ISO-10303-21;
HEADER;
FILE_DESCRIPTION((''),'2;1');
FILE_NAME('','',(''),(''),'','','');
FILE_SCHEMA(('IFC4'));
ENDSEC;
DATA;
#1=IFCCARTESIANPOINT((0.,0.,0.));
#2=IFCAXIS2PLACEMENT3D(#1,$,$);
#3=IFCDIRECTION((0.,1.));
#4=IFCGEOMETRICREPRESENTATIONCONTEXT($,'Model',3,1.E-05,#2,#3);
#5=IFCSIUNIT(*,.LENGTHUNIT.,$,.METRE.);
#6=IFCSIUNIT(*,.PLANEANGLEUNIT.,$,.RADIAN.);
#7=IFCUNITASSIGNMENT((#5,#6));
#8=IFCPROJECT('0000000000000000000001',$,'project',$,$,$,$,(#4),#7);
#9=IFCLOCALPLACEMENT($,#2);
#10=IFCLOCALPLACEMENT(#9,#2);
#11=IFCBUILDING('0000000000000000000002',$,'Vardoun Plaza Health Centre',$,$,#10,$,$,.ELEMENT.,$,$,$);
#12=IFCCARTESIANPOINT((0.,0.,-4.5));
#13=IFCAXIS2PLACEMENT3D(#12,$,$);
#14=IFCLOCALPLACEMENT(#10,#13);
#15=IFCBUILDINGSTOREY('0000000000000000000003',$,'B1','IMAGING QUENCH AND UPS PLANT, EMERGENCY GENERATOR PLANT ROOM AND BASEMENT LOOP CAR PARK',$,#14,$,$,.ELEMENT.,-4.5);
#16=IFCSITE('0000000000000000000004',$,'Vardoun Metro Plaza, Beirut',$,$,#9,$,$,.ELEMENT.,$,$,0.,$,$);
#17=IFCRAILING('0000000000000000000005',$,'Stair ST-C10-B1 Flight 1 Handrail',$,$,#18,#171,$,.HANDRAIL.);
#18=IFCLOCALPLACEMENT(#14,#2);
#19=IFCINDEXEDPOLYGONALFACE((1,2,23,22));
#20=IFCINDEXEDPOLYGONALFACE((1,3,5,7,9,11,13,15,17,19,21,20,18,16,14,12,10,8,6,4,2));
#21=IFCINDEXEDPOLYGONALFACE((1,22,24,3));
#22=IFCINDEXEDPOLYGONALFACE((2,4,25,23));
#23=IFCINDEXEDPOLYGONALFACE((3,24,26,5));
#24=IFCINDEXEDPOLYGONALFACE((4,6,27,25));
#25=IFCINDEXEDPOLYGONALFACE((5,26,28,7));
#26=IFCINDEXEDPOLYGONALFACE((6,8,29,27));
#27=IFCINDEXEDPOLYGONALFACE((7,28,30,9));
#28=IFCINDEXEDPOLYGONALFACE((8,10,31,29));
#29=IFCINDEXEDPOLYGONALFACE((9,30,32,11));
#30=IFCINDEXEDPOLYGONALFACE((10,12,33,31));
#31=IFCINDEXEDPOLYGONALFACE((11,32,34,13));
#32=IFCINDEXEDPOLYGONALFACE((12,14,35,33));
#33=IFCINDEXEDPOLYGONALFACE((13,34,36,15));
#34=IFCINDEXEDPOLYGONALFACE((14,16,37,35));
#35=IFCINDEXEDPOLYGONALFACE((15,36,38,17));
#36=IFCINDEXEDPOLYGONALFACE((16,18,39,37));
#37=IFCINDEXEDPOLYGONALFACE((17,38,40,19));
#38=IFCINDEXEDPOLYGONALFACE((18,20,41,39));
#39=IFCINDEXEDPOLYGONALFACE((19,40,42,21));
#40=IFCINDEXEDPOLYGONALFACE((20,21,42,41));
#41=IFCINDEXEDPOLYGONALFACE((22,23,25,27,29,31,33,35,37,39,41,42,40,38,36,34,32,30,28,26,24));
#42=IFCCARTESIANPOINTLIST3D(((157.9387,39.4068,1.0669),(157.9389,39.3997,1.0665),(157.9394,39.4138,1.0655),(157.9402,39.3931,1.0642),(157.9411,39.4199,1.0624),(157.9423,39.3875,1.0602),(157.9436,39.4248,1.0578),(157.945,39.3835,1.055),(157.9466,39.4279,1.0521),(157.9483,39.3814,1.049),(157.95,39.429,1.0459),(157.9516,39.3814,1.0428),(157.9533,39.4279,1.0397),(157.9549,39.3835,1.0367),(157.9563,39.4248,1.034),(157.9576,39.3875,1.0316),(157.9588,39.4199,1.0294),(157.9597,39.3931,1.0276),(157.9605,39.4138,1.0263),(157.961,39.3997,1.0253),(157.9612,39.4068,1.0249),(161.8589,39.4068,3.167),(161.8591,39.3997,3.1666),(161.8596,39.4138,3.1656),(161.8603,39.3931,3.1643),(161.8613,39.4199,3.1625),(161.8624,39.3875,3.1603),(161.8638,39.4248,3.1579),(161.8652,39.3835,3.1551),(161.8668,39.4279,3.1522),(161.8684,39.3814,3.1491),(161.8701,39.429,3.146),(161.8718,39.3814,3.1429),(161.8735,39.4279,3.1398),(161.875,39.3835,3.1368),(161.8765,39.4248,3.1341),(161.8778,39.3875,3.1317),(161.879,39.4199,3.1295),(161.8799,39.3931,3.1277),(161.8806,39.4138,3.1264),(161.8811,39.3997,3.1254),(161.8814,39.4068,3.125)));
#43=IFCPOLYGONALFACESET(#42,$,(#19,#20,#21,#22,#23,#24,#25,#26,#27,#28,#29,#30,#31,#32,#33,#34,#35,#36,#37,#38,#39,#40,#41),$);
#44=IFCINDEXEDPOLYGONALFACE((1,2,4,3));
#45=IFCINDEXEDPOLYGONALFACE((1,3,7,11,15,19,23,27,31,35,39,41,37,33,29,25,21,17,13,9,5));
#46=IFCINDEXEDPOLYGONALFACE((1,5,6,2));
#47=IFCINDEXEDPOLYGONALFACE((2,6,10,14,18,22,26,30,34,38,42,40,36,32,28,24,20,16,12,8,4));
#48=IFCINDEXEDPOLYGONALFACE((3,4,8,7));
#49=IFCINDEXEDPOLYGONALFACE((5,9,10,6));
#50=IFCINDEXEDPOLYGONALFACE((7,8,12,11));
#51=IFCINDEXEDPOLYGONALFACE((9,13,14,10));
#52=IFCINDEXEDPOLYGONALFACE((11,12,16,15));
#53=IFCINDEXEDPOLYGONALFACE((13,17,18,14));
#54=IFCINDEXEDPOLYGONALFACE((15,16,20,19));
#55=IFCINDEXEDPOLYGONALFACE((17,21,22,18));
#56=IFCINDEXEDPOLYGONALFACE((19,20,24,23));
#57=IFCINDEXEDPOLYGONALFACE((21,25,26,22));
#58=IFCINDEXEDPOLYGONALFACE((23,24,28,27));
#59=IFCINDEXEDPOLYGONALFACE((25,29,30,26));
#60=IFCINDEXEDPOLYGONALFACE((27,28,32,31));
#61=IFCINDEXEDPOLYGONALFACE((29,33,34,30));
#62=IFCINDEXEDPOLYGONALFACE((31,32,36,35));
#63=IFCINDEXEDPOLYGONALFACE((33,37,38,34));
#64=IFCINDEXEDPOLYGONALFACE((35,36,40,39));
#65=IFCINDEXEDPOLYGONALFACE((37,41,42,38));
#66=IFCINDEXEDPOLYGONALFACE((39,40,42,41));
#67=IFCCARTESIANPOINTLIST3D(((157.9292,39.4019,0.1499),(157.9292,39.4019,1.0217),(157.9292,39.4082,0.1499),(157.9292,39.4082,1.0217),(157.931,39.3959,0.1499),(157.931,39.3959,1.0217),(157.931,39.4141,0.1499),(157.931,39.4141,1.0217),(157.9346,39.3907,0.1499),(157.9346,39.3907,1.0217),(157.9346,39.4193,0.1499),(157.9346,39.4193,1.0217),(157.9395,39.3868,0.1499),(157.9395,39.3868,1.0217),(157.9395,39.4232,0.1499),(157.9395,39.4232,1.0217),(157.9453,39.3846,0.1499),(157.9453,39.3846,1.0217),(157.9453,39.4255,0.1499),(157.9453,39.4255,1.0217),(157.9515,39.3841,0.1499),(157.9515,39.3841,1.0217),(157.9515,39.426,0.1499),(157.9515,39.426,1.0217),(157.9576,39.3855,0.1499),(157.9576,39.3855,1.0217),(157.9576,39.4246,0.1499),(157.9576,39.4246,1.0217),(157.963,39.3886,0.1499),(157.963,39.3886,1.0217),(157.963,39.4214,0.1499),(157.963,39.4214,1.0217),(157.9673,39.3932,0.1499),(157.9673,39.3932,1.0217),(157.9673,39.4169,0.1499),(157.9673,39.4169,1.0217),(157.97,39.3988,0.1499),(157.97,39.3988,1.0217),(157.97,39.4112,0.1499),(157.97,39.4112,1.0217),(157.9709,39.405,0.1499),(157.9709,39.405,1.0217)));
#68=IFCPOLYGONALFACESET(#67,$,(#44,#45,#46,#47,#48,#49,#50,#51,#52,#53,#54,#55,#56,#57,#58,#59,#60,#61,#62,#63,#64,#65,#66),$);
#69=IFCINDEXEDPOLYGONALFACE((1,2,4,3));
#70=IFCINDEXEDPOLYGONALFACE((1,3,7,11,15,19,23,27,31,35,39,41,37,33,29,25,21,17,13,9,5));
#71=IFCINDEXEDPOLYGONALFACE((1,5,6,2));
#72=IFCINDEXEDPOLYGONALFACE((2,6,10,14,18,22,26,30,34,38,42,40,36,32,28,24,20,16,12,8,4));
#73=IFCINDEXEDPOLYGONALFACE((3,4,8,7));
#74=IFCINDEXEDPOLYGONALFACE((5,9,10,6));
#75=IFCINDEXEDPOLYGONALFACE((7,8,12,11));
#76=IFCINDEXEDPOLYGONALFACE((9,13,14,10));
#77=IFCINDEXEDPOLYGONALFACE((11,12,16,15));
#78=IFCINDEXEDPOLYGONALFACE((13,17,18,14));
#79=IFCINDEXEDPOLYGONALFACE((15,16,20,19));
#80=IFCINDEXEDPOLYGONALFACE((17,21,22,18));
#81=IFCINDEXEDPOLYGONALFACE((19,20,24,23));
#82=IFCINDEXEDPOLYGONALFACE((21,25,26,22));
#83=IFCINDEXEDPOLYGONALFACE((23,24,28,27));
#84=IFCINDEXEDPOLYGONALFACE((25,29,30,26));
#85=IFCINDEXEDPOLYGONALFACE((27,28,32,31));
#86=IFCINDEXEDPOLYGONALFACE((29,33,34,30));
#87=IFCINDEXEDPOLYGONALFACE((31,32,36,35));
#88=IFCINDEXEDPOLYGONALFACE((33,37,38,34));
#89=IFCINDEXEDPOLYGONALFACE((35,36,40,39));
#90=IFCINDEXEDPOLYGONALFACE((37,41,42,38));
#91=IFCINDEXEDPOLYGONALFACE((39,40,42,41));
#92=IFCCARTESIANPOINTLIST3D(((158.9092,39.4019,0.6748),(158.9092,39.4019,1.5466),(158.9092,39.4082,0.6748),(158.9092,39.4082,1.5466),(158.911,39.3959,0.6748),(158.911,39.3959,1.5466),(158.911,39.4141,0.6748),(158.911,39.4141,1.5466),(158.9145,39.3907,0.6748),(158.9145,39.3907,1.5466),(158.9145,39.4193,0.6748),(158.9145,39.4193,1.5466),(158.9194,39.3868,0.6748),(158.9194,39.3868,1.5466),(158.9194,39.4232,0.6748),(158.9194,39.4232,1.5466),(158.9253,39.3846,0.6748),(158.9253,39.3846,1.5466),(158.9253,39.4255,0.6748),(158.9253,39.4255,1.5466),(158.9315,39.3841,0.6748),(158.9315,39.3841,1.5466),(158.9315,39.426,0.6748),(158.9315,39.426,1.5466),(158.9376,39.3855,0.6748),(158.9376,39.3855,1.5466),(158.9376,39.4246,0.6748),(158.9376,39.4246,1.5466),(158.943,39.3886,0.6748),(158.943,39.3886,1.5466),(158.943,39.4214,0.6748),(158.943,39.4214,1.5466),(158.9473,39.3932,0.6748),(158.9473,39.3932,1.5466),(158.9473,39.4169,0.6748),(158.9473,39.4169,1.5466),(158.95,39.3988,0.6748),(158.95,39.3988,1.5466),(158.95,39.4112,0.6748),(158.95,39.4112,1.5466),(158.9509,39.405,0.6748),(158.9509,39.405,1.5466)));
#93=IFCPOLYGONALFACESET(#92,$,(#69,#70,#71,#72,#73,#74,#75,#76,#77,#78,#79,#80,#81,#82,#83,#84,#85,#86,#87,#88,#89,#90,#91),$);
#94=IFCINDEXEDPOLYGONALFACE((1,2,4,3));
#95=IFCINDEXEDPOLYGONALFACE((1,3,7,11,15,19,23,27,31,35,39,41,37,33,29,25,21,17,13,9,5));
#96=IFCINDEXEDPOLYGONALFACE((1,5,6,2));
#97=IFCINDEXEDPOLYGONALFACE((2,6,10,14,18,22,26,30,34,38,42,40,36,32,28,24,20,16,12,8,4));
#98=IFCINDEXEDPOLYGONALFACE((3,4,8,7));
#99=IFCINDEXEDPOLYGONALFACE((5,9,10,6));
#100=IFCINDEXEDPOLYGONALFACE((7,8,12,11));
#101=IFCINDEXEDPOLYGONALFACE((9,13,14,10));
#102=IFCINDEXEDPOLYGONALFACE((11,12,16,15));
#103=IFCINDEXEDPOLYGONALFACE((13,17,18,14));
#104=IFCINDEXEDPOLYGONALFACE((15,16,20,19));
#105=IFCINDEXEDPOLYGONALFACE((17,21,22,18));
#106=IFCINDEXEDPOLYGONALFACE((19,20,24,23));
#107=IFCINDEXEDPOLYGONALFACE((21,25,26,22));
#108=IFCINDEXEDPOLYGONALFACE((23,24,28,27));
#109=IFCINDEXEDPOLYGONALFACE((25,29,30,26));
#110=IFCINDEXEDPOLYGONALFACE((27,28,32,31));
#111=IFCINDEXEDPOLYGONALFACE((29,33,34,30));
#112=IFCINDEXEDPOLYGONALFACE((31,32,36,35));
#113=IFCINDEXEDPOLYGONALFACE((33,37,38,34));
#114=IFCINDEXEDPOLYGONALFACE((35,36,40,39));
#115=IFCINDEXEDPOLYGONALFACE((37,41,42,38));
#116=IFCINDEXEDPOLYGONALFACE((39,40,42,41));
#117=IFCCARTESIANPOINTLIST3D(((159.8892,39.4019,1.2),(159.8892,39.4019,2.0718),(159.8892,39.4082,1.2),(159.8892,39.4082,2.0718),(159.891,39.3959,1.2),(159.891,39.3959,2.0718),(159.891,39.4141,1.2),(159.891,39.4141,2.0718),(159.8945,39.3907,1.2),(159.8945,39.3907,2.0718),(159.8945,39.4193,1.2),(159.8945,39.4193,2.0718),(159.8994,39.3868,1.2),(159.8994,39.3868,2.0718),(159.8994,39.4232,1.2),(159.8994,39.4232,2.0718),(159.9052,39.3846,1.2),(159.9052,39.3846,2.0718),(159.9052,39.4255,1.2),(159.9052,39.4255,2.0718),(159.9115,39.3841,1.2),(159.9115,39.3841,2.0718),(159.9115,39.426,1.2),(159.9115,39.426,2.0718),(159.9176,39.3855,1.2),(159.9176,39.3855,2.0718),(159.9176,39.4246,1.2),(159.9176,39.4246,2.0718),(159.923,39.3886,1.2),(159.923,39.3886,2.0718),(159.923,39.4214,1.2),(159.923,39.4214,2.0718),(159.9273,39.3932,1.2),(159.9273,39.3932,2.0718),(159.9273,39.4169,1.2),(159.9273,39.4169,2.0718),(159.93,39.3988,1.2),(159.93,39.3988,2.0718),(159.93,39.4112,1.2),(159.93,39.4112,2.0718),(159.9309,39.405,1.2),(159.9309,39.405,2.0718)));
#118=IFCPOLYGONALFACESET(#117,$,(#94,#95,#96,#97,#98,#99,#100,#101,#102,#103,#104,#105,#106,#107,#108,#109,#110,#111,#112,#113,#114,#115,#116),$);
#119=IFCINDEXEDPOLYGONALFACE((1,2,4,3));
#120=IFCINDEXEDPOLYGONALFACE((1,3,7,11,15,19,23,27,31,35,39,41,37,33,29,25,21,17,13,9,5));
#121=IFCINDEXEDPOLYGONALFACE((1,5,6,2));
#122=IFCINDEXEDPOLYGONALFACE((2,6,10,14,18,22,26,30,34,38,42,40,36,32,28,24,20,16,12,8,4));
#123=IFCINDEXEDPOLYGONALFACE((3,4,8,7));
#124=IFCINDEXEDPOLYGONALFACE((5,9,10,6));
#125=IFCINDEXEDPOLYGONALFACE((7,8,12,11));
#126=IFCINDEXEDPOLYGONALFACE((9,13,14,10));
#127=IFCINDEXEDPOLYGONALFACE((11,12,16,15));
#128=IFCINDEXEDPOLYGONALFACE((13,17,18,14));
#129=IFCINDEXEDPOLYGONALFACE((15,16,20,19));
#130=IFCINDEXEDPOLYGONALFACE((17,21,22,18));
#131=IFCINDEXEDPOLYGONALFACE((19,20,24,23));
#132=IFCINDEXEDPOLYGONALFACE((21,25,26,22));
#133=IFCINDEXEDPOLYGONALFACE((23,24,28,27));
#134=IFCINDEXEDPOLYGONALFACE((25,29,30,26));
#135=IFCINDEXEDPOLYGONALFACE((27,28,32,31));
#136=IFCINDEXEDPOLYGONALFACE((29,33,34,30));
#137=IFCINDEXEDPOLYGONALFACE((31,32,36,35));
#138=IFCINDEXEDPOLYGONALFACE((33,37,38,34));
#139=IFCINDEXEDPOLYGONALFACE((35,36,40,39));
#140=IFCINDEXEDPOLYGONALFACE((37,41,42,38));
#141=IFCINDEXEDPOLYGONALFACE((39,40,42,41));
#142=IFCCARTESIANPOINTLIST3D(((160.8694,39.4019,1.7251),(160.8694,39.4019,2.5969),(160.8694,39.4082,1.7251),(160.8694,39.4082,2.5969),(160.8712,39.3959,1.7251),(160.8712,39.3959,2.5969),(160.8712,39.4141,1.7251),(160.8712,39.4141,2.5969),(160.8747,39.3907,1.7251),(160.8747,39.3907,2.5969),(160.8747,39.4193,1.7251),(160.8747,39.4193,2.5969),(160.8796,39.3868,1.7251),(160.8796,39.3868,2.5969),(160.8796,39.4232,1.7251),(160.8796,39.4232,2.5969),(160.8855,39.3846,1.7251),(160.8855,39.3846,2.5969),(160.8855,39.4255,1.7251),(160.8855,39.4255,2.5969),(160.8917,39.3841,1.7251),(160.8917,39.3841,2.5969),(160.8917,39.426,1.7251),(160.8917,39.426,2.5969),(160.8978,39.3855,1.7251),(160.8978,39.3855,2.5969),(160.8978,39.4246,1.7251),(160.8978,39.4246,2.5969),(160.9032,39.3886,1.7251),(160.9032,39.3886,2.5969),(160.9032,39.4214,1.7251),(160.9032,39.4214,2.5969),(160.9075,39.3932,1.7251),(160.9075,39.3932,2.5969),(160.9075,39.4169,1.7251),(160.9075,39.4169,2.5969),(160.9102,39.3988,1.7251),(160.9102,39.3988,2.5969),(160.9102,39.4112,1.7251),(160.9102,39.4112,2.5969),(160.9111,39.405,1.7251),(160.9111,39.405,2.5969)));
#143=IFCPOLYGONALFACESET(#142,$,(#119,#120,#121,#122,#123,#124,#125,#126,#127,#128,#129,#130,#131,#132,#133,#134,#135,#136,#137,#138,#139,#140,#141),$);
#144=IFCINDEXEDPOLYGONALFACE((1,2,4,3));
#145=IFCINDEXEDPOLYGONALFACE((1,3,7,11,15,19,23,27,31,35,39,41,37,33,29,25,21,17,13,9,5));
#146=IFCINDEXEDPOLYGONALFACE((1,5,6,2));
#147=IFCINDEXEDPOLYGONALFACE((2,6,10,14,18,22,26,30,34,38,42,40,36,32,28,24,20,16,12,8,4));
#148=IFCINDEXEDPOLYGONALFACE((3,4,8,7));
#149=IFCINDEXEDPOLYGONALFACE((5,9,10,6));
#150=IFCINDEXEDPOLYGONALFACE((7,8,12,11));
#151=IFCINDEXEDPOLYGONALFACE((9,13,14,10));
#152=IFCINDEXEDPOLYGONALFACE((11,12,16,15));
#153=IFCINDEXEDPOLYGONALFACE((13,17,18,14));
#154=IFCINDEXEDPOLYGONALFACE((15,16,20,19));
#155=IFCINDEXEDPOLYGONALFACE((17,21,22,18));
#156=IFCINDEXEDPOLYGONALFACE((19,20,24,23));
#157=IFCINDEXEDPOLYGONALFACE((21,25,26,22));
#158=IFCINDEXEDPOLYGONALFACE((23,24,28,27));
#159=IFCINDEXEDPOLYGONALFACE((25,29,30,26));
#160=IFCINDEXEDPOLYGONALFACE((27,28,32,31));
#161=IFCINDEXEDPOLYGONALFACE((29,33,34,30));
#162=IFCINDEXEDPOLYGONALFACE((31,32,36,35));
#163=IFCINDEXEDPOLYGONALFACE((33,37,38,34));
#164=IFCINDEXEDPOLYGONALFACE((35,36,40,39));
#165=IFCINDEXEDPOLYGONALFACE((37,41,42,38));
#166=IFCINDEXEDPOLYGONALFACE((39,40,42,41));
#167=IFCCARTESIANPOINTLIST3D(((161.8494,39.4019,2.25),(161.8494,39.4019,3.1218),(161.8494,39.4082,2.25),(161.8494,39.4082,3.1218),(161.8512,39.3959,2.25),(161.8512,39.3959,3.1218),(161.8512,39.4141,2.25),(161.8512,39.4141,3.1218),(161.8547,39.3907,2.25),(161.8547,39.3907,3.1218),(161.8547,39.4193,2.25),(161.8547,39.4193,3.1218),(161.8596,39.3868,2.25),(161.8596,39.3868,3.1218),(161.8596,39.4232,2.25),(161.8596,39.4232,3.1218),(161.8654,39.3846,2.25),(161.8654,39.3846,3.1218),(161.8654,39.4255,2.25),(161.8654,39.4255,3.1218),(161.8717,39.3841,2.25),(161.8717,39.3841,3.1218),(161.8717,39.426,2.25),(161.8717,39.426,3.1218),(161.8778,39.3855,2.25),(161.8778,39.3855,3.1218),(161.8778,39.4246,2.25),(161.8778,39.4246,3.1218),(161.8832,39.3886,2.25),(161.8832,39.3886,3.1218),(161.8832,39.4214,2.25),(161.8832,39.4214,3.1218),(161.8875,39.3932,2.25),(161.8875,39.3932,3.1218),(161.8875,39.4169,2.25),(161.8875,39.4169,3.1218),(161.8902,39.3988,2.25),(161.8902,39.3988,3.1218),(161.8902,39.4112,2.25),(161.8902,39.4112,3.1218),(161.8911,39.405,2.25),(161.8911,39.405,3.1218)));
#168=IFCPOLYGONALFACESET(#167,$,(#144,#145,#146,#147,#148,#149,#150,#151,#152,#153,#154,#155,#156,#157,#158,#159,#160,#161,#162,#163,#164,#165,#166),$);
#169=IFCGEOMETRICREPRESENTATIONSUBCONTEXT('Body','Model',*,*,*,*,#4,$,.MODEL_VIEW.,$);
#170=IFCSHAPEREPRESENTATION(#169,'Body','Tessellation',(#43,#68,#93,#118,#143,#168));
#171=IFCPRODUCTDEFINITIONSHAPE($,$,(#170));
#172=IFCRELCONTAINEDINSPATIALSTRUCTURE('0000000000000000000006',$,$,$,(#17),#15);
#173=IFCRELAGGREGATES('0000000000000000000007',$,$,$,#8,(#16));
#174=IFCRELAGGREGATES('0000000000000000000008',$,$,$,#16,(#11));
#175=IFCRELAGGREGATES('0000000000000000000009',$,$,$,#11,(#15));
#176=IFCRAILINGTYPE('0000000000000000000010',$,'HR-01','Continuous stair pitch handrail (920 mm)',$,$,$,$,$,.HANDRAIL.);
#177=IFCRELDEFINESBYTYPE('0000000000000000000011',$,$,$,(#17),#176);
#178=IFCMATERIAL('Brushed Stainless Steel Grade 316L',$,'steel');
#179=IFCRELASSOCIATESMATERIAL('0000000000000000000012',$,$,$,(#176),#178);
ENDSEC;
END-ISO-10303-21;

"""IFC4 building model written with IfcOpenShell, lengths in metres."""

from ifc_helpers import new_model, si_unit, direction, frame, origin, origin_2d, place, context, subcontext, project, spatial, circle, extrude, material, type_object, element, save


model = new_model("IFC4")

# Units and contexts
model_context = context("Model", 3, precision=1e-05, world=origin(), true_north=direction((0.0, 1.0)))
body_context = subcontext(model_context, "Body", "Model", "MODEL_VIEW")
ifc_project = project(units=[si_unit("LENGTHUNIT", "METRE"), si_unit("PLANEANGLEUNIT", "RADIAN")], contexts=[model_context])

# Site, building, storey
site_placement = place(None, origin())
site = spatial("IfcSite", under=ifc_project, at=site_placement, Name="Vardoun Metro Plaza, Beirut", CompositionType="ELEMENT", RefElevation=0.0)
building_placement = place(site_placement, origin())
building = spatial("IfcBuilding", under=site, at=building_placement, Name="Vardoun Plaza Health Centre", CompositionType="ELEMENT")
storey_placement = place(building_placement, frame((0.0, 0.0, -4.5)))
storey = spatial("IfcBuildingStorey", under=building, at=storey_placement, Name="B1", Description="IMAGING QUENCH AND UPS PLANT, EMERGENCY GENERATOR PLANT ROOM AND BASEMENT LOOP CAR PARK", CompositionType="ELEMENT", Elevation=-4.5)

# Railing
ifc_material_1 = material(Name="Brushed Stainless Steel Grade 316L", Category="steel")
railing_type = type_object("IfcRailingType", Name="HR-01", Description="Continuous stair pitch handrail (920 mm)", PredefinedType="HANDRAIL", material=ifc_material_1)
railing_placement = place(storey_placement, frame((157.95, 39.405, 0.1499)))
element("IfcRailing", 1, at=railing_placement, inside=storey, type_object=railing_type, Name="Stair ST-C10-B1 Flight 1 Handrail", PredefinedType="HANDRAIL", context=body_context, shape_type="SweptSolid", body=[
    extrude(circle(Radius=0.0239, at=origin_2d()), frame((0.0, 0.0, 0.896), z_axis=(0.881479, 0.0, 0.472223), x_axis=(0.0, 1.0, 0.0)), (0.0, 0.0, 1.0), 4.4473),
    extrude(circle(Radius=0.021, at=origin_2d()), origin(), (0.0, 0.0, 1.0), 0.8718),
    extrude(circle(Radius=0.021, at=origin_2d()), frame((0.98, 0.0, 0.5249)), (0.0, 0.0, 1.0), 0.8718),
    extrude(circle(Radius=0.021, at=origin_2d()), frame((1.96, 0.0, 1.05)), (0.0, 0.0, 1.0), 0.8718),
    extrude(circle(Radius=0.021, at=origin_2d()), frame((2.9402, 0.0, 1.5752)), (0.0, 0.0, 1.0), 0.8718),
    extrude(circle(Radius=0.021, at=origin_2d()), frame((3.9202, 0.0, 2.1001)), (0.0, 0.0, 1.0), 0.8718),
])

save(model, "model.ifc")
